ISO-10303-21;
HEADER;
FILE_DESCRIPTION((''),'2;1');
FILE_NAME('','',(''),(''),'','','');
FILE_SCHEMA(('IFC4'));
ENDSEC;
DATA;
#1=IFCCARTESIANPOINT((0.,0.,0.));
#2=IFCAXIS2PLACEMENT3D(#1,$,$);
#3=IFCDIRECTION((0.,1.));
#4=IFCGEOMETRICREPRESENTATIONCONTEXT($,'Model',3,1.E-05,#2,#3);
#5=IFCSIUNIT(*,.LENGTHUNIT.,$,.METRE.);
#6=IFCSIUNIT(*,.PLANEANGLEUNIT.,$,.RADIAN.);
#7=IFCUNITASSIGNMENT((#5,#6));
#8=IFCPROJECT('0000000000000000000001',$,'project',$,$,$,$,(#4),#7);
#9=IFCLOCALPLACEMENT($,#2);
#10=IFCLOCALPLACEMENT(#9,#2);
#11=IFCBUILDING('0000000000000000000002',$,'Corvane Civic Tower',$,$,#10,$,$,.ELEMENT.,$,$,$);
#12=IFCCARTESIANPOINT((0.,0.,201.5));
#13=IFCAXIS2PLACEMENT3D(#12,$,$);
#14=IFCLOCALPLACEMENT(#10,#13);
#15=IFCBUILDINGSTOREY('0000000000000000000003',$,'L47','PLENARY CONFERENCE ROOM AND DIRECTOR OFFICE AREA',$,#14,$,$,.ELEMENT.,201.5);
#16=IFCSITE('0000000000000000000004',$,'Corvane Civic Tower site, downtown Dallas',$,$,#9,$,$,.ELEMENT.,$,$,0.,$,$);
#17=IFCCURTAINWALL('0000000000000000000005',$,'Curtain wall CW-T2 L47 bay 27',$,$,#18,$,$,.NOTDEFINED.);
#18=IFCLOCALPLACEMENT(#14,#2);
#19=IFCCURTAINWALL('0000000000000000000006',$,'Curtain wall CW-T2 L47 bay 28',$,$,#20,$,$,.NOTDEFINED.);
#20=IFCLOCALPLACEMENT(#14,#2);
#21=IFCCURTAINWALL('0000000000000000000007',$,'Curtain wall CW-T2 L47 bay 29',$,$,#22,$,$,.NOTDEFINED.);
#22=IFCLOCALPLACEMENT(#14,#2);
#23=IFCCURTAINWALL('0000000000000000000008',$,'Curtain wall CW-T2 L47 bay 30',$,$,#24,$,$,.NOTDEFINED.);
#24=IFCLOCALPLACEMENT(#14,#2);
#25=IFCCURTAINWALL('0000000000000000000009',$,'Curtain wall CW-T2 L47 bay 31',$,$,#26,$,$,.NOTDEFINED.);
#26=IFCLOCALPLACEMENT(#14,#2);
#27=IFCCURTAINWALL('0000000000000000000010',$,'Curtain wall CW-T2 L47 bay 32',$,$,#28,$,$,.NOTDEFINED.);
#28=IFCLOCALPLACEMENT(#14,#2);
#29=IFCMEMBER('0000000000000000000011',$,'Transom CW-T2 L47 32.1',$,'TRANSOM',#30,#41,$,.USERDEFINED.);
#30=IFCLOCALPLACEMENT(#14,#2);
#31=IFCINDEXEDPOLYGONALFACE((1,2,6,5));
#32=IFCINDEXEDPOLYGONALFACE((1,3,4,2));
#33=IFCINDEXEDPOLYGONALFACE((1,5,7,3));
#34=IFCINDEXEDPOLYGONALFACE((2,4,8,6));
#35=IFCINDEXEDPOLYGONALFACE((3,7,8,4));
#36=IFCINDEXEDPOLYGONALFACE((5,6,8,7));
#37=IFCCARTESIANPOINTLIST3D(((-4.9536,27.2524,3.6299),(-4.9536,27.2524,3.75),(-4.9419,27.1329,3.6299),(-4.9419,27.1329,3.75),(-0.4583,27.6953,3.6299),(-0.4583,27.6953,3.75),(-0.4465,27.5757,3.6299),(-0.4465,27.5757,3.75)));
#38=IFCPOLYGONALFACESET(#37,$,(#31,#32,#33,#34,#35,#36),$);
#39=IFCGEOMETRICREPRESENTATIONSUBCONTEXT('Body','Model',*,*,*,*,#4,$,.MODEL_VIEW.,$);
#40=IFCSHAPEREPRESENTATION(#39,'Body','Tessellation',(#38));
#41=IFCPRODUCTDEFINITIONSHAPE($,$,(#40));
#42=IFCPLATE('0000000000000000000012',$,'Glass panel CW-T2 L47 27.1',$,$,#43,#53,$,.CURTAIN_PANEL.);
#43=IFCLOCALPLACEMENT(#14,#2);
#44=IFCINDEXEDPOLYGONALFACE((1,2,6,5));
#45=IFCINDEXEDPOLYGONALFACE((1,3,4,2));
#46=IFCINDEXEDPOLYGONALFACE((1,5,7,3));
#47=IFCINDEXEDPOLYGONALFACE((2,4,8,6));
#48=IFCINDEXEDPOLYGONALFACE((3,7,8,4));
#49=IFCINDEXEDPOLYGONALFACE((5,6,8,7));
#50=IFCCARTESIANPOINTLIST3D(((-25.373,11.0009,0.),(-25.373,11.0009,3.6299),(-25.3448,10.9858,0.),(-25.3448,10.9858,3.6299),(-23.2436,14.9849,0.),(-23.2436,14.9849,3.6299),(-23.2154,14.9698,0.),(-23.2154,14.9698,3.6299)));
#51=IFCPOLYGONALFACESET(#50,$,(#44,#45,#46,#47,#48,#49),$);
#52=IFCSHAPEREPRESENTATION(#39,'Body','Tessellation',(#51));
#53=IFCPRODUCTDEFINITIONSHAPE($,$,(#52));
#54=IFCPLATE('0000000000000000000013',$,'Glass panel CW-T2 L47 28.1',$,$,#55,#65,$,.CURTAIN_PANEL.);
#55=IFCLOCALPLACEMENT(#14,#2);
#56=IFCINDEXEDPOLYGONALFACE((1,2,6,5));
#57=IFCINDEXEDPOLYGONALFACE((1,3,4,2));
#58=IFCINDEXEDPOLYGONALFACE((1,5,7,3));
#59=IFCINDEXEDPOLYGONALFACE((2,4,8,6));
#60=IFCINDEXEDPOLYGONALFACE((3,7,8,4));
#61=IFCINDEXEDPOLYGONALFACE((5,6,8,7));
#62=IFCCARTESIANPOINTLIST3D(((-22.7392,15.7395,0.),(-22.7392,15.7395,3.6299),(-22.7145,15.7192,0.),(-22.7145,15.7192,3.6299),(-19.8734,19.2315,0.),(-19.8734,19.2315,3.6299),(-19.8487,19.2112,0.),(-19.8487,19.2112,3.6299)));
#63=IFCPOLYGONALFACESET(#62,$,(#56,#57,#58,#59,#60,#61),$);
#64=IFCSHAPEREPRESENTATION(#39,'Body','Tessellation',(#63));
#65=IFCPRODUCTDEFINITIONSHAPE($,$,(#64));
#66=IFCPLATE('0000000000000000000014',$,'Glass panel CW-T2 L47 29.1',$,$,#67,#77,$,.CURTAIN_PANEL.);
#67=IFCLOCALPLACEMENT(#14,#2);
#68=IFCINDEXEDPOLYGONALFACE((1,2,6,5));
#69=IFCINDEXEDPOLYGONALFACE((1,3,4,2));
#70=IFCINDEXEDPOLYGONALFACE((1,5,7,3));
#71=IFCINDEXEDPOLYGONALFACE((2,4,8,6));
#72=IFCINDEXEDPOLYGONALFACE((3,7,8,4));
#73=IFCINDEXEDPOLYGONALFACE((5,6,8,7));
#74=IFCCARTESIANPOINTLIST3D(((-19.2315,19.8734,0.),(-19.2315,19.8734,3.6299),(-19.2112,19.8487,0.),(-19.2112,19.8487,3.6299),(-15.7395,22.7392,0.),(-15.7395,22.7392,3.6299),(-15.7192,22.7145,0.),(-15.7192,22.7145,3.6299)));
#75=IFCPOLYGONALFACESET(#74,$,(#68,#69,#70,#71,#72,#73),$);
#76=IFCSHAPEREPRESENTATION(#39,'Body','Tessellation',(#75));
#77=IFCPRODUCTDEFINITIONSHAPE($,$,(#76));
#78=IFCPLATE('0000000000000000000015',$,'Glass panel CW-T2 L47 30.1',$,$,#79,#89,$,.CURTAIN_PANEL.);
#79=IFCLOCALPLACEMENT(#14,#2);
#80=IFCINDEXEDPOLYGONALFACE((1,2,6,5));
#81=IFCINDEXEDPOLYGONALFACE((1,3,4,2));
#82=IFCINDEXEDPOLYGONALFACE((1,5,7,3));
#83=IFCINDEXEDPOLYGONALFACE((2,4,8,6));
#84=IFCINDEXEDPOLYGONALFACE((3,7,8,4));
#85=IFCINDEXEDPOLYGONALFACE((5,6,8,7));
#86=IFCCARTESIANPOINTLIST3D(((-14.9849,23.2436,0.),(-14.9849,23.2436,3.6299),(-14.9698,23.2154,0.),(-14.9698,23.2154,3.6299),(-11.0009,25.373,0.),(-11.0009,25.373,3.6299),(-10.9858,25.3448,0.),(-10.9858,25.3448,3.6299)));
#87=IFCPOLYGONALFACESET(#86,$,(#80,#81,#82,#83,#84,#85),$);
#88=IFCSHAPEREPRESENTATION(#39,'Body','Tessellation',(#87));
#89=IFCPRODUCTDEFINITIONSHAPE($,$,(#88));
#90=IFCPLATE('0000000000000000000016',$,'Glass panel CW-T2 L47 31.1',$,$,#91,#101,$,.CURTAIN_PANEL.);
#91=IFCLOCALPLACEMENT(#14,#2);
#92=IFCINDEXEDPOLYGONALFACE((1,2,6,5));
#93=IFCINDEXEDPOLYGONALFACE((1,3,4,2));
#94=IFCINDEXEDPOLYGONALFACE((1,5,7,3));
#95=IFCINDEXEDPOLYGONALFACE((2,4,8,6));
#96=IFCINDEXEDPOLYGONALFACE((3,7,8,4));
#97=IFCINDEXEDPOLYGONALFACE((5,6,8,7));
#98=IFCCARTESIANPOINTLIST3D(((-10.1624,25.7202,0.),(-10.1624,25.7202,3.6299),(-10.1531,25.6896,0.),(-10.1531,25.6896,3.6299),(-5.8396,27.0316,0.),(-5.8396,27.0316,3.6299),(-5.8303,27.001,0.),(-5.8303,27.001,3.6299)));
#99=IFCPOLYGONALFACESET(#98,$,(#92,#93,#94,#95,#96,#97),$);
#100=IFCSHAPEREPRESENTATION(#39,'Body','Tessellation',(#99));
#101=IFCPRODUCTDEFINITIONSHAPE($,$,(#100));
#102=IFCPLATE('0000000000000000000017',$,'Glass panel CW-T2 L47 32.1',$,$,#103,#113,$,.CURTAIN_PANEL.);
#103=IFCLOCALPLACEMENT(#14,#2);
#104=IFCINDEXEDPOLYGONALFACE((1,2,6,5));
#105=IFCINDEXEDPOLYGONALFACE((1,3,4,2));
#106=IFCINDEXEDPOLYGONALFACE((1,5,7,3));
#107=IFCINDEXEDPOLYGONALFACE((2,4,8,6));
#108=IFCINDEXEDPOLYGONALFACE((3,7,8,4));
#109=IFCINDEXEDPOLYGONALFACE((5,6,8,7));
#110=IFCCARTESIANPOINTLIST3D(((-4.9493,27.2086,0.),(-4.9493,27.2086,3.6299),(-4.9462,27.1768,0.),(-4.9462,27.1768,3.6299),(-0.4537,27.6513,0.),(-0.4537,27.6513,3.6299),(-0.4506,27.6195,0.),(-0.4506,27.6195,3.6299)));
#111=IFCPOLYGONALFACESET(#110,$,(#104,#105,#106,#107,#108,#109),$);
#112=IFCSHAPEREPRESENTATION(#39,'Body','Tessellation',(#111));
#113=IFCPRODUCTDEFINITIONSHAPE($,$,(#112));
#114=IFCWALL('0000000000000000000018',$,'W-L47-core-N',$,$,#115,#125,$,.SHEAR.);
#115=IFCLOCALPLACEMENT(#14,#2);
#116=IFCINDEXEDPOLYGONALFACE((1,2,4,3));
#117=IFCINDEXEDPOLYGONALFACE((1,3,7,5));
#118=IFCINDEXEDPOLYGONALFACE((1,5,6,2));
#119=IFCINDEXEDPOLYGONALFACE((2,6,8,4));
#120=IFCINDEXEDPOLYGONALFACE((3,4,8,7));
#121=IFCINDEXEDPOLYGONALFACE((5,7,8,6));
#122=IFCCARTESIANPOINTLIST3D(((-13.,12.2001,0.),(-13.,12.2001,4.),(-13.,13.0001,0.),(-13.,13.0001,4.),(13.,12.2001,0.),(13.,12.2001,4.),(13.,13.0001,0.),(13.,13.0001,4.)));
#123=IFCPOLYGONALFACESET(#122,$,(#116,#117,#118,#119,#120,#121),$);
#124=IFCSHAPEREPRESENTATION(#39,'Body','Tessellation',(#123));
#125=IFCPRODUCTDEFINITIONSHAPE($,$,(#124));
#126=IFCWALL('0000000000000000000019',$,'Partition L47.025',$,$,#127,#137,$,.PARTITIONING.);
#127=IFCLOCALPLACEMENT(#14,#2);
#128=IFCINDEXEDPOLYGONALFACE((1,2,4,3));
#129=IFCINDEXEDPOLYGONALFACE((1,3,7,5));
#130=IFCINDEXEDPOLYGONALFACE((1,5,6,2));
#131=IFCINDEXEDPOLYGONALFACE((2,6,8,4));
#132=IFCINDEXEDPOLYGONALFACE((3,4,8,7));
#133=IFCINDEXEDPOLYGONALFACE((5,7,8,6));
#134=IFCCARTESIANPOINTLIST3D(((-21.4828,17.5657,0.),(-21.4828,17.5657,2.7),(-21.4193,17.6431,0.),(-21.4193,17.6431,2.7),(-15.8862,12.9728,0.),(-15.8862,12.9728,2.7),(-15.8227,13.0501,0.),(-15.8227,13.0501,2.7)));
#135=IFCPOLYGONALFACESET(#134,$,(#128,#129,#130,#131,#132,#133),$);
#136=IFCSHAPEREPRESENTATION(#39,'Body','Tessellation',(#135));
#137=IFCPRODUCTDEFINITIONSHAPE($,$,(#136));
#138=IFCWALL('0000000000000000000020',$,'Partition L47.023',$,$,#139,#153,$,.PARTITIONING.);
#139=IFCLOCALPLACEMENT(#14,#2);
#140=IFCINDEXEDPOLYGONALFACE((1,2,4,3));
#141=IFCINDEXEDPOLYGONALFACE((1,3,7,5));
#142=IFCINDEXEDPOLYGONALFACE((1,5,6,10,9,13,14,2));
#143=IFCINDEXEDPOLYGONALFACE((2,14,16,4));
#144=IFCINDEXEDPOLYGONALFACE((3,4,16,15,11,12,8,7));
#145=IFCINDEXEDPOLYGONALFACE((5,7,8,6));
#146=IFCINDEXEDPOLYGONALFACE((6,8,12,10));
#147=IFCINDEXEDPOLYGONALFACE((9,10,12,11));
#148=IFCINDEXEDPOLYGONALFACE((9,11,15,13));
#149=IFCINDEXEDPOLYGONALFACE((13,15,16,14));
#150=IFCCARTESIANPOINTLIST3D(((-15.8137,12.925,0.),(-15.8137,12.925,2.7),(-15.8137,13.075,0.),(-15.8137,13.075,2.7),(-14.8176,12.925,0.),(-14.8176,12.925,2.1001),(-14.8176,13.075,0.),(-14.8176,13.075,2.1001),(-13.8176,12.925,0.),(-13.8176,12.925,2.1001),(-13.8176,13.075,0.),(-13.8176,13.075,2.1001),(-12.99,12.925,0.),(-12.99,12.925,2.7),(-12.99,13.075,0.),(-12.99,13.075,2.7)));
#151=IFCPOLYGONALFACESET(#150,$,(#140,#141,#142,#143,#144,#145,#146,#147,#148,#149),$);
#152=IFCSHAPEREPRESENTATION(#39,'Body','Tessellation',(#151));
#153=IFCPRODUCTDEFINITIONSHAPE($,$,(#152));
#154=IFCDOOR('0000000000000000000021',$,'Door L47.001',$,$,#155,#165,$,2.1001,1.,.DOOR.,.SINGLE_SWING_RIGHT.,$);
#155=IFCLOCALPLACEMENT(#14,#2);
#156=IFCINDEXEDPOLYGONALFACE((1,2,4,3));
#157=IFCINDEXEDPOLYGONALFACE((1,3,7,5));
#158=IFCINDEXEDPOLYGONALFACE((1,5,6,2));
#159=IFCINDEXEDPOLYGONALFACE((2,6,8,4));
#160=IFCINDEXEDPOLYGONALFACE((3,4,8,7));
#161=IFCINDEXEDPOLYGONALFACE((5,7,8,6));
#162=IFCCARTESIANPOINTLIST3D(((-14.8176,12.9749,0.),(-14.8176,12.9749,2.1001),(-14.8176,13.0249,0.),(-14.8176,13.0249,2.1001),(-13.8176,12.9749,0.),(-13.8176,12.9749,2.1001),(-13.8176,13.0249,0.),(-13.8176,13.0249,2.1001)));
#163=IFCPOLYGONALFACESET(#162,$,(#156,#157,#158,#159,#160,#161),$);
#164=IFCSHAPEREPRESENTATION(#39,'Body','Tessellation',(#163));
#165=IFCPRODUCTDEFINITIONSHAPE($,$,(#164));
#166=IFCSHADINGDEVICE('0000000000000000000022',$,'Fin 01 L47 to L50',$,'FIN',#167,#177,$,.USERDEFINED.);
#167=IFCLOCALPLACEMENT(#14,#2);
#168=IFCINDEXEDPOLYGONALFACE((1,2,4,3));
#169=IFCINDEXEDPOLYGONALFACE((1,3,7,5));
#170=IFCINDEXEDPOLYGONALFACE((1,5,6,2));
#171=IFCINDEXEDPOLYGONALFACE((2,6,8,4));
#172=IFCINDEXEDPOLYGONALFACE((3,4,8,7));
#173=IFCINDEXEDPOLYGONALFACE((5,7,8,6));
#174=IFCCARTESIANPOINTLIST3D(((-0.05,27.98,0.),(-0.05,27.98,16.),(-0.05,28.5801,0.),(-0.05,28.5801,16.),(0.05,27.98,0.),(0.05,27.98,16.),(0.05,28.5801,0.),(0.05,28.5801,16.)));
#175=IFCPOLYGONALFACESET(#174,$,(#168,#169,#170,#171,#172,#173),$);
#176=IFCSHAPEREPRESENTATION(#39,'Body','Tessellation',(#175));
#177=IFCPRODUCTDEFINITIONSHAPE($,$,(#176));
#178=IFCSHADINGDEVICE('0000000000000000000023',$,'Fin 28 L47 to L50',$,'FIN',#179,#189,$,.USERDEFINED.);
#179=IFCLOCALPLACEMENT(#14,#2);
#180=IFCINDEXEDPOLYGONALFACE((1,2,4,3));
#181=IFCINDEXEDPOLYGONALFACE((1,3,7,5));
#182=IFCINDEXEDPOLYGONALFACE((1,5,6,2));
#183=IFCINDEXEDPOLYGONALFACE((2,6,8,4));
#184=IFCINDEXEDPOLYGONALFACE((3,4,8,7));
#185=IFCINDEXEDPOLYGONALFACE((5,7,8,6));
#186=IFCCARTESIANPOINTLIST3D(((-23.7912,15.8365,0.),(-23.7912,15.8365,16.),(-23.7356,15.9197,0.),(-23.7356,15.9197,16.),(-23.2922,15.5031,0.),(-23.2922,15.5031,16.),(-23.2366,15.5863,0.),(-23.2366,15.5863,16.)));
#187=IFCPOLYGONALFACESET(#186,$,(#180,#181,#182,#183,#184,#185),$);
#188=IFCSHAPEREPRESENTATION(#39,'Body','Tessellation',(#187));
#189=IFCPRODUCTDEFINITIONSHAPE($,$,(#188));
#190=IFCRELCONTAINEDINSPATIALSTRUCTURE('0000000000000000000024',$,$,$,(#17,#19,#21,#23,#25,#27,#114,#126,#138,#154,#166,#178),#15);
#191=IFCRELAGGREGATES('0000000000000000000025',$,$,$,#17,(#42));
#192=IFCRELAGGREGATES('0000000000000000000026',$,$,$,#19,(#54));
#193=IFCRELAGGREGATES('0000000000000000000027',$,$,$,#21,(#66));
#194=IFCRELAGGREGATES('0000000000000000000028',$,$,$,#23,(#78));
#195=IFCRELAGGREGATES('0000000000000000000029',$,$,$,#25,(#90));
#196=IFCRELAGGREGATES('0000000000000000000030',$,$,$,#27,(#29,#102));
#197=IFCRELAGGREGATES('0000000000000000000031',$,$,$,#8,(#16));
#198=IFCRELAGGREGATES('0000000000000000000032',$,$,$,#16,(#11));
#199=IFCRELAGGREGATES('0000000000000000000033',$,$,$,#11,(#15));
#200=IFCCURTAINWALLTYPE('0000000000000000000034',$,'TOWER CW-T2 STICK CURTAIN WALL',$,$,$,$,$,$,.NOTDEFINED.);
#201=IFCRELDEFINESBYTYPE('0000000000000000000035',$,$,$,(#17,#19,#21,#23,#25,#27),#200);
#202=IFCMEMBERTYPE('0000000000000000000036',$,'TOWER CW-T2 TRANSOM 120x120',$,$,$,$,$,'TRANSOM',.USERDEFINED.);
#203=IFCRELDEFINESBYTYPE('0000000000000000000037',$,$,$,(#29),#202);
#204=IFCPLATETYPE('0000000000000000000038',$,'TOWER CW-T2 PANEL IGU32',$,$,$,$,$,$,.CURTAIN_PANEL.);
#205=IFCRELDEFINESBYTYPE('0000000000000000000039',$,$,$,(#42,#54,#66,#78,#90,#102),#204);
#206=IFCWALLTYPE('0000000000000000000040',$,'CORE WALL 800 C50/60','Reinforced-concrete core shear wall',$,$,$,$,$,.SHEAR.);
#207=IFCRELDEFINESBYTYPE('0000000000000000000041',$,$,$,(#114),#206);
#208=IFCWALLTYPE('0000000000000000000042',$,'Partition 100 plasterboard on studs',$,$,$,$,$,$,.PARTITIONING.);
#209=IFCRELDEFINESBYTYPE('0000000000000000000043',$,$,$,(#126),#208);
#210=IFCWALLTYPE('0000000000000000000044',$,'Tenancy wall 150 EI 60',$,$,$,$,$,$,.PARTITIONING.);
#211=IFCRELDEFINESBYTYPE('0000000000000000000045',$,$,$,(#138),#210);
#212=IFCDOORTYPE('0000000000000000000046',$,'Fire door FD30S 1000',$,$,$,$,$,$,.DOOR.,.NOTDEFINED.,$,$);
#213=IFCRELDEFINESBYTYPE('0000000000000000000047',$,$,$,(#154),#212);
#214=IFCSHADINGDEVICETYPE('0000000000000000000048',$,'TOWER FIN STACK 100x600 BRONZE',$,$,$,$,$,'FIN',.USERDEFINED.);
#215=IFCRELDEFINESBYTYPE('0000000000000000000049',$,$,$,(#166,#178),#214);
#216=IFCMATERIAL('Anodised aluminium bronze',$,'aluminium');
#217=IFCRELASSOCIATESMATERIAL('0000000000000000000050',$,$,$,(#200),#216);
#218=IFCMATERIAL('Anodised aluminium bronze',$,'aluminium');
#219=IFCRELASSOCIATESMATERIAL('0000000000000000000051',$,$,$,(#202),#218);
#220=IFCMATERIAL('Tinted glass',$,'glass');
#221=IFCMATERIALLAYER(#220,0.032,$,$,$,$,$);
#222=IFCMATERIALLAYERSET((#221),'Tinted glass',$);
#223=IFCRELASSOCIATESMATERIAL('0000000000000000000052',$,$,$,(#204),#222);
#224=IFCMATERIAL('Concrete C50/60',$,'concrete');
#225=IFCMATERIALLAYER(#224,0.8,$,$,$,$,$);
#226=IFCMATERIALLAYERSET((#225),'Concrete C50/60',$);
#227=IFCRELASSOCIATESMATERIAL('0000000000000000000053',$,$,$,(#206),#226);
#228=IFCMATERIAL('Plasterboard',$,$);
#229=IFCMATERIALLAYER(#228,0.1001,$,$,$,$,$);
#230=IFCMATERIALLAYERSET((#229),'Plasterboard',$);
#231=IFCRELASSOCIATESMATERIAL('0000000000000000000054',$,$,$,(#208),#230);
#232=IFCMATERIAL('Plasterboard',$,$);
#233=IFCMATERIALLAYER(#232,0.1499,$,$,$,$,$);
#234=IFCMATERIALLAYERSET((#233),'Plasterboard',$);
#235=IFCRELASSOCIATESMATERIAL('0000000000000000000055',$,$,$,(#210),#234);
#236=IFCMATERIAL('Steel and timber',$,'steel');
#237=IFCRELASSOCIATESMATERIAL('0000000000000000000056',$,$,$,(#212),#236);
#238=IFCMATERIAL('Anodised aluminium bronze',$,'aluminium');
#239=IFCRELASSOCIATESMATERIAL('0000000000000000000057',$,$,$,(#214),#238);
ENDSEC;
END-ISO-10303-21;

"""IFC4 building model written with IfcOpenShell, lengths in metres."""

from ifc_helpers import new_model, si_unit, direction, frame, frame_2d, origin, origin_2d, place, context, subcontext, project, spatial, rectangle, extrude, material, layer, layer_set, material_profile, profile_set, type_object, element, fill, aggregate, save


model = new_model("IFC4")

# Units and contexts
model_context = context("Model", 3, precision=1e-05, world=origin(), true_north=direction((0.0, 1.0)))
body_context = subcontext(model_context, "Body", "Model", "MODEL_VIEW")
ifc_project = project(units=[si_unit("LENGTHUNIT", "METRE"), si_unit("PLANEANGLEUNIT", "RADIAN")], contexts=[model_context])

# Site, building, storey
site_placement = place(None, origin())
site = spatial("IfcSite", under=ifc_project, at=site_placement, Name="Corvane Civic Tower site, downtown Dallas", CompositionType="ELEMENT", RefElevation=0.0)
building_placement = place(site_placement, origin())
building = spatial("IfcBuilding", under=site, at=building_placement, Name="Corvane Civic Tower", CompositionType="ELEMENT")
storey_placement = place(building_placement, frame((0.0, 0.0, 201.5)))
storey = spatial("IfcBuildingStorey", under=building, at=storey_placement, Name="L47", Description="PLENARY CONFERENCE ROOM AND DIRECTOR OFFICE AREA", CompositionType="ELEMENT", Elevation=201.5)

# Curtain walls, member
ifc_material_1 = material(Name="Anodised aluminium bronze", Category="aluminium")
curtain_wall_type = type_object("IfcCurtainWallType", Name="TOWER CW-T2 STICK CURTAIN WALL", PredefinedType="NOTDEFINED", material=ifc_material_1)
curtain_wall_1_placement = place(storey_placement, origin())
curtain_wall_1 = element("IfcCurtainWall", 1, at=curtain_wall_1_placement, inside=storey, type_object=curtain_wall_type, Name="Curtain wall CW-T2 L47 bay 27", PredefinedType="NOTDEFINED")
ifc_material_2 = material(Name="Anodised aluminium bronze", Category="aluminium")
ifc_material_profile_1 = material_profile(ifc_material_2, rectangle(XDim=0.1201, YDim=0.1201, at=origin_2d()), Name="TOWER CW-T2 TRANSOM 120x120")
ifc_profile_set_1 = profile_set([ifc_material_profile_1], Name="Anodised aluminium bronze")
member_type = type_object("IfcMemberType", Name="TOWER CW-T2 TRANSOM 120x120", ElementType="TRANSOM", PredefinedType="USERDEFINED", material=ifc_profile_set_1)
curtain_wall_2_placement = place(storey_placement, origin())
curtain_wall_2 = element("IfcCurtainWall", 2, at=curtain_wall_2_placement, inside=storey, type_object=curtain_wall_type, Name="Curtain wall CW-T2 L47 bay 28", PredefinedType="NOTDEFINED")
curtain_wall_3_placement = place(storey_placement, origin())
curtain_wall_3 = element("IfcCurtainWall", 3, at=curtain_wall_3_placement, inside=storey, type_object=curtain_wall_type, Name="Curtain wall CW-T2 L47 bay 29", PredefinedType="NOTDEFINED")
curtain_wall_4_placement = place(storey_placement, origin())
curtain_wall_4 = element("IfcCurtainWall", 4, at=curtain_wall_4_placement, inside=storey, type_object=curtain_wall_type, Name="Curtain wall CW-T2 L47 bay 30", PredefinedType="NOTDEFINED")
curtain_wall_5_placement = place(storey_placement, origin())
curtain_wall_5 = element("IfcCurtainWall", 5, at=curtain_wall_5_placement, inside=storey, type_object=curtain_wall_type, Name="Curtain wall CW-T2 L47 bay 31", PredefinedType="NOTDEFINED")
curtain_wall_6_placement = place(storey_placement, origin())
curtain_wall_6 = element("IfcCurtainWall", 6, at=curtain_wall_6_placement, inside=storey, type_object=curtain_wall_type, Name="Curtain wall CW-T2 L47 bay 32", PredefinedType="NOTDEFINED")
member_1_placement = place(storey_placement, frame((-4.9478, 27.1926, 3.6899), z_axis=(0.995182, 0.098043, 0.0), x_axis=(-0.098043, 0.995182, 0.0)))
member_1 = element("IfcMember", 7, at=member_1_placement, type_object=member_type, Name="Transom CW-T2 L47 32.1", ObjectType="TRANSOM", PredefinedType="USERDEFINED", context=body_context, shape_type="SweptSolid", body=[
    extrude(rectangle(XDim=0.1201, YDim=0.1201, at=origin_2d()), origin(), (0.0, 0.0, 1.0), 4.5171),
])

# Plates
ifc_material_3 = material(Name="Tinted glass", Category="glass")
ifc_layer_1 = layer(ifc_material_3, 0.032)
ifc_layer_set_1 = layer_set([ifc_layer_1], Name="Tinted glass")
plate_type = type_object("IfcPlateType", Name="TOWER CW-T2 PANEL IGU32", PredefinedType="CURTAIN_PANEL", material=ifc_layer_set_1)
plate_1_placement = place(storey_placement, frame((-24.2942, 12.9854, 0.0), z_axis=(0.0, 0.0, 1.0), x_axis=(0.471398, 0.88192, 0.0)))
plate_1 = element("IfcPlate", 8, at=plate_1_placement, type_object=plate_type, Name="Glass panel CW-T2 L47 27.1", PredefinedType="CURTAIN_PANEL", context=body_context, shape_type="SweptSolid", body=[
    extrude(rectangle(XDim=4.5173, YDim=0.032, at=origin_2d()), origin(), (0.0, 0.0, 1.0), 3.6299),
])
aggregate(curtain_wall_1, [plate_1])
plate_2_placement = place(storey_placement, frame((-21.2939, 17.4753, 0.0), z_axis=(0.0, 0.0, 1.0), x_axis=(0.634391, 0.773012, 0.0)))
plate_2 = element("IfcPlate", 9, at=plate_2_placement, type_object=plate_type, Name="Glass panel CW-T2 L47 28.1", PredefinedType="CURTAIN_PANEL", context=body_context, shape_type="SweptSolid", body=[
    extrude(rectangle(XDim=4.5173, YDim=0.032, at=origin_2d()), origin(), (0.0, 0.0, 1.0), 3.6299),
])
aggregate(curtain_wall_2, [plate_2])
plate_3_placement = place(storey_placement, frame((-17.4753, 21.2939, 0.0), z_axis=(0.0, 0.0, 1.0), x_axis=(0.773012, 0.634391, 0.0)))
plate_3 = element("IfcPlate", 10, at=plate_3_placement, type_object=plate_type, Name="Glass panel CW-T2 L47 29.1", PredefinedType="CURTAIN_PANEL", context=body_context, shape_type="SweptSolid", body=[
    extrude(rectangle(XDim=4.5173, YDim=0.032, at=origin_2d()), origin(), (0.0, 0.0, 1.0), 3.6299),
])
aggregate(curtain_wall_3, [plate_3])
plate_4_placement = place(storey_placement, frame((-12.9854, 24.2942, 0.0), z_axis=(0.0, 0.0, 1.0), x_axis=(0.88192, 0.471398, 0.0)))
plate_4 = element("IfcPlate", 11, at=plate_4_placement, type_object=plate_type, Name="Glass panel CW-T2 L47 30.1", PredefinedType="CURTAIN_PANEL", context=body_context, shape_type="SweptSolid", body=[
    extrude(rectangle(XDim=4.5173, YDim=0.032, at=origin_2d()), origin(), (0.0, 0.0, 1.0), 3.6299),
])
aggregate(curtain_wall_4, [plate_4])
plate_5_placement = place(storey_placement, frame((-7.9963, 26.3606, 0.0), z_axis=(0.0, 0.0, 1.0), x_axis=(0.956939, 0.29029, 0.0)))
plate_5 = element("IfcPlate", 12, at=plate_5_placement, type_object=plate_type, Name="Glass panel CW-T2 L47 31.1", PredefinedType="CURTAIN_PANEL", context=body_context, shape_type="SweptSolid", body=[
    extrude(rectangle(XDim=4.5173, YDim=0.032, at=origin_2d()), origin(), (0.0, 0.0, 1.0), 3.6299),
])
aggregate(curtain_wall_5, [plate_5])
plate_6_placement = place(storey_placement, frame((-2.7, 27.4141, 0.0), z_axis=(0.0, 0.0, 1.0), x_axis=(0.995187, 0.097993, 0.0)))
plate_6 = element("IfcPlate", 13, at=plate_6_placement, type_object=plate_type, Name="Glass panel CW-T2 L47 32.1", PredefinedType="CURTAIN_PANEL", context=body_context, shape_type="SweptSolid", body=[
    extrude(rectangle(XDim=4.5173, YDim=0.032, at=origin_2d()), origin(), (0.0, 0.0, 1.0), 3.6299),
])
aggregate(curtain_wall_6, [member_1, plate_6])

# Walls
ifc_material_4 = material(Name="Concrete C50/60", Category="concrete")
ifc_layer_2 = layer(ifc_material_4, 0.8)
ifc_layer_set_2 = layer_set([ifc_layer_2], Name="Concrete C50/60")
wall_type_1 = type_object("IfcWallType", Name="CORE WALL 800 C50/60", Description="Reinforced-concrete core shear wall", PredefinedType="SHEAR", material=ifc_layer_set_2)
wall_1_placement = place(storey_placement, frame((-13.0, 12.6001, 0.0), z_axis=(0.0, 0.0, 1.0), x_axis=(1.0, 0.0, 0.0)))
element("IfcWall", 14, at=wall_1_placement, inside=storey, type_object=wall_type_1, Name="W-L47-core-N", PredefinedType="SHEAR", context=body_context, shape_type="SweptSolid", body=[
    extrude(rectangle(XDim=26.0, YDim=0.8, at=frame_2d((13.0, 0.0))), origin(), (0.0, 0.0, 1.0), 4.0),
])
ifc_material_5 = material(Name="Plasterboard")
ifc_layer_3 = layer(ifc_material_5, 0.1001)
ifc_layer_set_3 = layer_set([ifc_layer_3], Name="Plasterboard")
wall_type_2 = type_object("IfcWallType", Name="Partition 100 plasterboard on studs", PredefinedType="PARTITIONING", material=ifc_layer_set_3)
wall_2_placement = place(storey_placement, frame((-21.4512, 17.6045, 0.0), z_axis=(0.0, 0.0, 1.0), x_axis=(0.773014, -0.634388, 0.0)))
element("IfcWall", 15, at=wall_2_placement, inside=storey, type_object=wall_type_2, Name="Partition L47.025", PredefinedType="PARTITIONING", context=body_context, shape_type="SweptSolid", body=[
    extrude(rectangle(XDim=7.24, YDim=0.1001, at=frame_2d((3.6201, 0.0))), origin(), (0.0, 0.0, 1.0), 2.7),
])

# Wall, opening, door
ifc_material_6 = material(Name="Plasterboard")
ifc_layer_4 = layer(ifc_material_6, 0.1499)
ifc_layer_set_4 = layer_set([ifc_layer_4], Name="Plasterboard")
wall_type_3 = type_object("IfcWallType", Name="Tenancy wall 150 EI 60", PredefinedType="PARTITIONING", material=ifc_layer_set_4)
wall_3_placement = place(storey_placement, frame((-15.8137, 13.0, 0.0), z_axis=(0.0, 0.0, 1.0), x_axis=(1.0, 0.0, 0.0)))
wall_3 = element("IfcWall", 16, at=wall_3_placement, inside=storey, type_object=wall_type_3, Name="Partition L47.023", PredefinedType="PARTITIONING", context=body_context, shape_type="SweptSolid", body=[
    extrude(rectangle(XDim=2.8237, YDim=0.1499, at=frame_2d((1.4119, 0.0))), origin(), (0.0, 0.0, 1.0), 2.7),
])
opening_placement = place(wall_3_placement, frame((0.9961, 0.0, 0.0)))
opening = element("IfcOpeningElement", 17, at=opening_placement, cuts=wall_3, PredefinedType="OPENING", context=body_context, shape_type="SweptSolid", body=[
    extrude(rectangle(XDim=1.0, YDim=2.1001, at=frame_2d((0.5, 1.05))), frame((0.0, 0.085, 0.0), z_axis=(0.0, -1.0, 0.0), x_axis=(1.0, 0.0, 0.0)), (0.0, 0.0, 1.0), 0.1699),
])
ifc_material_7 = material(Name="Steel and timber", Category="steel")
door_type = type_object("IfcDoorType", Name="Fire door FD30S 1000", OperationType="NOTDEFINED", PredefinedType="DOOR", material=ifc_material_7)
door_placement = place(opening_placement, origin())
door = element("IfcDoor", 18, at=door_placement, inside=storey, type_object=door_type, Name="Door L47.001", OperationType="SINGLE_SWING_RIGHT", OverallHeight=2.1001, OverallWidth=1.0, PredefinedType="DOOR", context=body_context, shape_type="SweptSolid", body=[
    extrude(rectangle(XDim=1.0, YDim=2.1001, at=frame_2d((0.5, 1.05))), frame((0.0, 0.0249, 0.0), z_axis=(0.0, -1.0, 0.0), x_axis=(1.0, 0.0, 0.0)), (0.0, 0.0, 1.0), 0.05),
])
fill(opening, door)

# Shading devices
ifc_material_8 = material(Name="Anodised aluminium bronze", Category="aluminium")
ifc_material_profile_2 = material_profile(ifc_material_8, rectangle(XDim=0.1001, YDim=0.6001, at=origin_2d()), Name="TOWER FIN STACK 100x600 BRONZE")
ifc_profile_set_2 = profile_set([ifc_material_profile_2], Name="Anodised aluminium bronze")
shading_device_type = type_object("IfcShadingDeviceType", Name="TOWER FIN STACK 100x600 BRONZE", ElementType="FIN", PredefinedType="USERDEFINED", material=ifc_profile_set_2)
for number, where, z_axis, x_axis, name in (
    (19, (0.0, 28.28, 0.0), (0.0, 0.0, 1.0), (1.0, 0.0, 0.0), "Fin 01 L47 to L50"),
    (20, (-23.5139, 15.7114, 0.0), (0.0, 0.0, 1.0), (0.55557, 0.83147, 0.0), "Fin 28 L47 to L50"),
):
    element("IfcShadingDevice", number, at=place(storey_placement, frame(where, z_axis=z_axis, x_axis=x_axis)), inside=storey, type_object=shading_device_type, Name=name, ObjectType="FIN", PredefinedType="USERDEFINED", context=body_context, shape_type="SweptSolid", body=[
        extrude(rectangle(XDim=0.1001, YDim=0.6001, at=origin_2d()), origin(), (0.0, 0.0, 1.0), 16.0),
    ])

save(model, "model.ifc")
